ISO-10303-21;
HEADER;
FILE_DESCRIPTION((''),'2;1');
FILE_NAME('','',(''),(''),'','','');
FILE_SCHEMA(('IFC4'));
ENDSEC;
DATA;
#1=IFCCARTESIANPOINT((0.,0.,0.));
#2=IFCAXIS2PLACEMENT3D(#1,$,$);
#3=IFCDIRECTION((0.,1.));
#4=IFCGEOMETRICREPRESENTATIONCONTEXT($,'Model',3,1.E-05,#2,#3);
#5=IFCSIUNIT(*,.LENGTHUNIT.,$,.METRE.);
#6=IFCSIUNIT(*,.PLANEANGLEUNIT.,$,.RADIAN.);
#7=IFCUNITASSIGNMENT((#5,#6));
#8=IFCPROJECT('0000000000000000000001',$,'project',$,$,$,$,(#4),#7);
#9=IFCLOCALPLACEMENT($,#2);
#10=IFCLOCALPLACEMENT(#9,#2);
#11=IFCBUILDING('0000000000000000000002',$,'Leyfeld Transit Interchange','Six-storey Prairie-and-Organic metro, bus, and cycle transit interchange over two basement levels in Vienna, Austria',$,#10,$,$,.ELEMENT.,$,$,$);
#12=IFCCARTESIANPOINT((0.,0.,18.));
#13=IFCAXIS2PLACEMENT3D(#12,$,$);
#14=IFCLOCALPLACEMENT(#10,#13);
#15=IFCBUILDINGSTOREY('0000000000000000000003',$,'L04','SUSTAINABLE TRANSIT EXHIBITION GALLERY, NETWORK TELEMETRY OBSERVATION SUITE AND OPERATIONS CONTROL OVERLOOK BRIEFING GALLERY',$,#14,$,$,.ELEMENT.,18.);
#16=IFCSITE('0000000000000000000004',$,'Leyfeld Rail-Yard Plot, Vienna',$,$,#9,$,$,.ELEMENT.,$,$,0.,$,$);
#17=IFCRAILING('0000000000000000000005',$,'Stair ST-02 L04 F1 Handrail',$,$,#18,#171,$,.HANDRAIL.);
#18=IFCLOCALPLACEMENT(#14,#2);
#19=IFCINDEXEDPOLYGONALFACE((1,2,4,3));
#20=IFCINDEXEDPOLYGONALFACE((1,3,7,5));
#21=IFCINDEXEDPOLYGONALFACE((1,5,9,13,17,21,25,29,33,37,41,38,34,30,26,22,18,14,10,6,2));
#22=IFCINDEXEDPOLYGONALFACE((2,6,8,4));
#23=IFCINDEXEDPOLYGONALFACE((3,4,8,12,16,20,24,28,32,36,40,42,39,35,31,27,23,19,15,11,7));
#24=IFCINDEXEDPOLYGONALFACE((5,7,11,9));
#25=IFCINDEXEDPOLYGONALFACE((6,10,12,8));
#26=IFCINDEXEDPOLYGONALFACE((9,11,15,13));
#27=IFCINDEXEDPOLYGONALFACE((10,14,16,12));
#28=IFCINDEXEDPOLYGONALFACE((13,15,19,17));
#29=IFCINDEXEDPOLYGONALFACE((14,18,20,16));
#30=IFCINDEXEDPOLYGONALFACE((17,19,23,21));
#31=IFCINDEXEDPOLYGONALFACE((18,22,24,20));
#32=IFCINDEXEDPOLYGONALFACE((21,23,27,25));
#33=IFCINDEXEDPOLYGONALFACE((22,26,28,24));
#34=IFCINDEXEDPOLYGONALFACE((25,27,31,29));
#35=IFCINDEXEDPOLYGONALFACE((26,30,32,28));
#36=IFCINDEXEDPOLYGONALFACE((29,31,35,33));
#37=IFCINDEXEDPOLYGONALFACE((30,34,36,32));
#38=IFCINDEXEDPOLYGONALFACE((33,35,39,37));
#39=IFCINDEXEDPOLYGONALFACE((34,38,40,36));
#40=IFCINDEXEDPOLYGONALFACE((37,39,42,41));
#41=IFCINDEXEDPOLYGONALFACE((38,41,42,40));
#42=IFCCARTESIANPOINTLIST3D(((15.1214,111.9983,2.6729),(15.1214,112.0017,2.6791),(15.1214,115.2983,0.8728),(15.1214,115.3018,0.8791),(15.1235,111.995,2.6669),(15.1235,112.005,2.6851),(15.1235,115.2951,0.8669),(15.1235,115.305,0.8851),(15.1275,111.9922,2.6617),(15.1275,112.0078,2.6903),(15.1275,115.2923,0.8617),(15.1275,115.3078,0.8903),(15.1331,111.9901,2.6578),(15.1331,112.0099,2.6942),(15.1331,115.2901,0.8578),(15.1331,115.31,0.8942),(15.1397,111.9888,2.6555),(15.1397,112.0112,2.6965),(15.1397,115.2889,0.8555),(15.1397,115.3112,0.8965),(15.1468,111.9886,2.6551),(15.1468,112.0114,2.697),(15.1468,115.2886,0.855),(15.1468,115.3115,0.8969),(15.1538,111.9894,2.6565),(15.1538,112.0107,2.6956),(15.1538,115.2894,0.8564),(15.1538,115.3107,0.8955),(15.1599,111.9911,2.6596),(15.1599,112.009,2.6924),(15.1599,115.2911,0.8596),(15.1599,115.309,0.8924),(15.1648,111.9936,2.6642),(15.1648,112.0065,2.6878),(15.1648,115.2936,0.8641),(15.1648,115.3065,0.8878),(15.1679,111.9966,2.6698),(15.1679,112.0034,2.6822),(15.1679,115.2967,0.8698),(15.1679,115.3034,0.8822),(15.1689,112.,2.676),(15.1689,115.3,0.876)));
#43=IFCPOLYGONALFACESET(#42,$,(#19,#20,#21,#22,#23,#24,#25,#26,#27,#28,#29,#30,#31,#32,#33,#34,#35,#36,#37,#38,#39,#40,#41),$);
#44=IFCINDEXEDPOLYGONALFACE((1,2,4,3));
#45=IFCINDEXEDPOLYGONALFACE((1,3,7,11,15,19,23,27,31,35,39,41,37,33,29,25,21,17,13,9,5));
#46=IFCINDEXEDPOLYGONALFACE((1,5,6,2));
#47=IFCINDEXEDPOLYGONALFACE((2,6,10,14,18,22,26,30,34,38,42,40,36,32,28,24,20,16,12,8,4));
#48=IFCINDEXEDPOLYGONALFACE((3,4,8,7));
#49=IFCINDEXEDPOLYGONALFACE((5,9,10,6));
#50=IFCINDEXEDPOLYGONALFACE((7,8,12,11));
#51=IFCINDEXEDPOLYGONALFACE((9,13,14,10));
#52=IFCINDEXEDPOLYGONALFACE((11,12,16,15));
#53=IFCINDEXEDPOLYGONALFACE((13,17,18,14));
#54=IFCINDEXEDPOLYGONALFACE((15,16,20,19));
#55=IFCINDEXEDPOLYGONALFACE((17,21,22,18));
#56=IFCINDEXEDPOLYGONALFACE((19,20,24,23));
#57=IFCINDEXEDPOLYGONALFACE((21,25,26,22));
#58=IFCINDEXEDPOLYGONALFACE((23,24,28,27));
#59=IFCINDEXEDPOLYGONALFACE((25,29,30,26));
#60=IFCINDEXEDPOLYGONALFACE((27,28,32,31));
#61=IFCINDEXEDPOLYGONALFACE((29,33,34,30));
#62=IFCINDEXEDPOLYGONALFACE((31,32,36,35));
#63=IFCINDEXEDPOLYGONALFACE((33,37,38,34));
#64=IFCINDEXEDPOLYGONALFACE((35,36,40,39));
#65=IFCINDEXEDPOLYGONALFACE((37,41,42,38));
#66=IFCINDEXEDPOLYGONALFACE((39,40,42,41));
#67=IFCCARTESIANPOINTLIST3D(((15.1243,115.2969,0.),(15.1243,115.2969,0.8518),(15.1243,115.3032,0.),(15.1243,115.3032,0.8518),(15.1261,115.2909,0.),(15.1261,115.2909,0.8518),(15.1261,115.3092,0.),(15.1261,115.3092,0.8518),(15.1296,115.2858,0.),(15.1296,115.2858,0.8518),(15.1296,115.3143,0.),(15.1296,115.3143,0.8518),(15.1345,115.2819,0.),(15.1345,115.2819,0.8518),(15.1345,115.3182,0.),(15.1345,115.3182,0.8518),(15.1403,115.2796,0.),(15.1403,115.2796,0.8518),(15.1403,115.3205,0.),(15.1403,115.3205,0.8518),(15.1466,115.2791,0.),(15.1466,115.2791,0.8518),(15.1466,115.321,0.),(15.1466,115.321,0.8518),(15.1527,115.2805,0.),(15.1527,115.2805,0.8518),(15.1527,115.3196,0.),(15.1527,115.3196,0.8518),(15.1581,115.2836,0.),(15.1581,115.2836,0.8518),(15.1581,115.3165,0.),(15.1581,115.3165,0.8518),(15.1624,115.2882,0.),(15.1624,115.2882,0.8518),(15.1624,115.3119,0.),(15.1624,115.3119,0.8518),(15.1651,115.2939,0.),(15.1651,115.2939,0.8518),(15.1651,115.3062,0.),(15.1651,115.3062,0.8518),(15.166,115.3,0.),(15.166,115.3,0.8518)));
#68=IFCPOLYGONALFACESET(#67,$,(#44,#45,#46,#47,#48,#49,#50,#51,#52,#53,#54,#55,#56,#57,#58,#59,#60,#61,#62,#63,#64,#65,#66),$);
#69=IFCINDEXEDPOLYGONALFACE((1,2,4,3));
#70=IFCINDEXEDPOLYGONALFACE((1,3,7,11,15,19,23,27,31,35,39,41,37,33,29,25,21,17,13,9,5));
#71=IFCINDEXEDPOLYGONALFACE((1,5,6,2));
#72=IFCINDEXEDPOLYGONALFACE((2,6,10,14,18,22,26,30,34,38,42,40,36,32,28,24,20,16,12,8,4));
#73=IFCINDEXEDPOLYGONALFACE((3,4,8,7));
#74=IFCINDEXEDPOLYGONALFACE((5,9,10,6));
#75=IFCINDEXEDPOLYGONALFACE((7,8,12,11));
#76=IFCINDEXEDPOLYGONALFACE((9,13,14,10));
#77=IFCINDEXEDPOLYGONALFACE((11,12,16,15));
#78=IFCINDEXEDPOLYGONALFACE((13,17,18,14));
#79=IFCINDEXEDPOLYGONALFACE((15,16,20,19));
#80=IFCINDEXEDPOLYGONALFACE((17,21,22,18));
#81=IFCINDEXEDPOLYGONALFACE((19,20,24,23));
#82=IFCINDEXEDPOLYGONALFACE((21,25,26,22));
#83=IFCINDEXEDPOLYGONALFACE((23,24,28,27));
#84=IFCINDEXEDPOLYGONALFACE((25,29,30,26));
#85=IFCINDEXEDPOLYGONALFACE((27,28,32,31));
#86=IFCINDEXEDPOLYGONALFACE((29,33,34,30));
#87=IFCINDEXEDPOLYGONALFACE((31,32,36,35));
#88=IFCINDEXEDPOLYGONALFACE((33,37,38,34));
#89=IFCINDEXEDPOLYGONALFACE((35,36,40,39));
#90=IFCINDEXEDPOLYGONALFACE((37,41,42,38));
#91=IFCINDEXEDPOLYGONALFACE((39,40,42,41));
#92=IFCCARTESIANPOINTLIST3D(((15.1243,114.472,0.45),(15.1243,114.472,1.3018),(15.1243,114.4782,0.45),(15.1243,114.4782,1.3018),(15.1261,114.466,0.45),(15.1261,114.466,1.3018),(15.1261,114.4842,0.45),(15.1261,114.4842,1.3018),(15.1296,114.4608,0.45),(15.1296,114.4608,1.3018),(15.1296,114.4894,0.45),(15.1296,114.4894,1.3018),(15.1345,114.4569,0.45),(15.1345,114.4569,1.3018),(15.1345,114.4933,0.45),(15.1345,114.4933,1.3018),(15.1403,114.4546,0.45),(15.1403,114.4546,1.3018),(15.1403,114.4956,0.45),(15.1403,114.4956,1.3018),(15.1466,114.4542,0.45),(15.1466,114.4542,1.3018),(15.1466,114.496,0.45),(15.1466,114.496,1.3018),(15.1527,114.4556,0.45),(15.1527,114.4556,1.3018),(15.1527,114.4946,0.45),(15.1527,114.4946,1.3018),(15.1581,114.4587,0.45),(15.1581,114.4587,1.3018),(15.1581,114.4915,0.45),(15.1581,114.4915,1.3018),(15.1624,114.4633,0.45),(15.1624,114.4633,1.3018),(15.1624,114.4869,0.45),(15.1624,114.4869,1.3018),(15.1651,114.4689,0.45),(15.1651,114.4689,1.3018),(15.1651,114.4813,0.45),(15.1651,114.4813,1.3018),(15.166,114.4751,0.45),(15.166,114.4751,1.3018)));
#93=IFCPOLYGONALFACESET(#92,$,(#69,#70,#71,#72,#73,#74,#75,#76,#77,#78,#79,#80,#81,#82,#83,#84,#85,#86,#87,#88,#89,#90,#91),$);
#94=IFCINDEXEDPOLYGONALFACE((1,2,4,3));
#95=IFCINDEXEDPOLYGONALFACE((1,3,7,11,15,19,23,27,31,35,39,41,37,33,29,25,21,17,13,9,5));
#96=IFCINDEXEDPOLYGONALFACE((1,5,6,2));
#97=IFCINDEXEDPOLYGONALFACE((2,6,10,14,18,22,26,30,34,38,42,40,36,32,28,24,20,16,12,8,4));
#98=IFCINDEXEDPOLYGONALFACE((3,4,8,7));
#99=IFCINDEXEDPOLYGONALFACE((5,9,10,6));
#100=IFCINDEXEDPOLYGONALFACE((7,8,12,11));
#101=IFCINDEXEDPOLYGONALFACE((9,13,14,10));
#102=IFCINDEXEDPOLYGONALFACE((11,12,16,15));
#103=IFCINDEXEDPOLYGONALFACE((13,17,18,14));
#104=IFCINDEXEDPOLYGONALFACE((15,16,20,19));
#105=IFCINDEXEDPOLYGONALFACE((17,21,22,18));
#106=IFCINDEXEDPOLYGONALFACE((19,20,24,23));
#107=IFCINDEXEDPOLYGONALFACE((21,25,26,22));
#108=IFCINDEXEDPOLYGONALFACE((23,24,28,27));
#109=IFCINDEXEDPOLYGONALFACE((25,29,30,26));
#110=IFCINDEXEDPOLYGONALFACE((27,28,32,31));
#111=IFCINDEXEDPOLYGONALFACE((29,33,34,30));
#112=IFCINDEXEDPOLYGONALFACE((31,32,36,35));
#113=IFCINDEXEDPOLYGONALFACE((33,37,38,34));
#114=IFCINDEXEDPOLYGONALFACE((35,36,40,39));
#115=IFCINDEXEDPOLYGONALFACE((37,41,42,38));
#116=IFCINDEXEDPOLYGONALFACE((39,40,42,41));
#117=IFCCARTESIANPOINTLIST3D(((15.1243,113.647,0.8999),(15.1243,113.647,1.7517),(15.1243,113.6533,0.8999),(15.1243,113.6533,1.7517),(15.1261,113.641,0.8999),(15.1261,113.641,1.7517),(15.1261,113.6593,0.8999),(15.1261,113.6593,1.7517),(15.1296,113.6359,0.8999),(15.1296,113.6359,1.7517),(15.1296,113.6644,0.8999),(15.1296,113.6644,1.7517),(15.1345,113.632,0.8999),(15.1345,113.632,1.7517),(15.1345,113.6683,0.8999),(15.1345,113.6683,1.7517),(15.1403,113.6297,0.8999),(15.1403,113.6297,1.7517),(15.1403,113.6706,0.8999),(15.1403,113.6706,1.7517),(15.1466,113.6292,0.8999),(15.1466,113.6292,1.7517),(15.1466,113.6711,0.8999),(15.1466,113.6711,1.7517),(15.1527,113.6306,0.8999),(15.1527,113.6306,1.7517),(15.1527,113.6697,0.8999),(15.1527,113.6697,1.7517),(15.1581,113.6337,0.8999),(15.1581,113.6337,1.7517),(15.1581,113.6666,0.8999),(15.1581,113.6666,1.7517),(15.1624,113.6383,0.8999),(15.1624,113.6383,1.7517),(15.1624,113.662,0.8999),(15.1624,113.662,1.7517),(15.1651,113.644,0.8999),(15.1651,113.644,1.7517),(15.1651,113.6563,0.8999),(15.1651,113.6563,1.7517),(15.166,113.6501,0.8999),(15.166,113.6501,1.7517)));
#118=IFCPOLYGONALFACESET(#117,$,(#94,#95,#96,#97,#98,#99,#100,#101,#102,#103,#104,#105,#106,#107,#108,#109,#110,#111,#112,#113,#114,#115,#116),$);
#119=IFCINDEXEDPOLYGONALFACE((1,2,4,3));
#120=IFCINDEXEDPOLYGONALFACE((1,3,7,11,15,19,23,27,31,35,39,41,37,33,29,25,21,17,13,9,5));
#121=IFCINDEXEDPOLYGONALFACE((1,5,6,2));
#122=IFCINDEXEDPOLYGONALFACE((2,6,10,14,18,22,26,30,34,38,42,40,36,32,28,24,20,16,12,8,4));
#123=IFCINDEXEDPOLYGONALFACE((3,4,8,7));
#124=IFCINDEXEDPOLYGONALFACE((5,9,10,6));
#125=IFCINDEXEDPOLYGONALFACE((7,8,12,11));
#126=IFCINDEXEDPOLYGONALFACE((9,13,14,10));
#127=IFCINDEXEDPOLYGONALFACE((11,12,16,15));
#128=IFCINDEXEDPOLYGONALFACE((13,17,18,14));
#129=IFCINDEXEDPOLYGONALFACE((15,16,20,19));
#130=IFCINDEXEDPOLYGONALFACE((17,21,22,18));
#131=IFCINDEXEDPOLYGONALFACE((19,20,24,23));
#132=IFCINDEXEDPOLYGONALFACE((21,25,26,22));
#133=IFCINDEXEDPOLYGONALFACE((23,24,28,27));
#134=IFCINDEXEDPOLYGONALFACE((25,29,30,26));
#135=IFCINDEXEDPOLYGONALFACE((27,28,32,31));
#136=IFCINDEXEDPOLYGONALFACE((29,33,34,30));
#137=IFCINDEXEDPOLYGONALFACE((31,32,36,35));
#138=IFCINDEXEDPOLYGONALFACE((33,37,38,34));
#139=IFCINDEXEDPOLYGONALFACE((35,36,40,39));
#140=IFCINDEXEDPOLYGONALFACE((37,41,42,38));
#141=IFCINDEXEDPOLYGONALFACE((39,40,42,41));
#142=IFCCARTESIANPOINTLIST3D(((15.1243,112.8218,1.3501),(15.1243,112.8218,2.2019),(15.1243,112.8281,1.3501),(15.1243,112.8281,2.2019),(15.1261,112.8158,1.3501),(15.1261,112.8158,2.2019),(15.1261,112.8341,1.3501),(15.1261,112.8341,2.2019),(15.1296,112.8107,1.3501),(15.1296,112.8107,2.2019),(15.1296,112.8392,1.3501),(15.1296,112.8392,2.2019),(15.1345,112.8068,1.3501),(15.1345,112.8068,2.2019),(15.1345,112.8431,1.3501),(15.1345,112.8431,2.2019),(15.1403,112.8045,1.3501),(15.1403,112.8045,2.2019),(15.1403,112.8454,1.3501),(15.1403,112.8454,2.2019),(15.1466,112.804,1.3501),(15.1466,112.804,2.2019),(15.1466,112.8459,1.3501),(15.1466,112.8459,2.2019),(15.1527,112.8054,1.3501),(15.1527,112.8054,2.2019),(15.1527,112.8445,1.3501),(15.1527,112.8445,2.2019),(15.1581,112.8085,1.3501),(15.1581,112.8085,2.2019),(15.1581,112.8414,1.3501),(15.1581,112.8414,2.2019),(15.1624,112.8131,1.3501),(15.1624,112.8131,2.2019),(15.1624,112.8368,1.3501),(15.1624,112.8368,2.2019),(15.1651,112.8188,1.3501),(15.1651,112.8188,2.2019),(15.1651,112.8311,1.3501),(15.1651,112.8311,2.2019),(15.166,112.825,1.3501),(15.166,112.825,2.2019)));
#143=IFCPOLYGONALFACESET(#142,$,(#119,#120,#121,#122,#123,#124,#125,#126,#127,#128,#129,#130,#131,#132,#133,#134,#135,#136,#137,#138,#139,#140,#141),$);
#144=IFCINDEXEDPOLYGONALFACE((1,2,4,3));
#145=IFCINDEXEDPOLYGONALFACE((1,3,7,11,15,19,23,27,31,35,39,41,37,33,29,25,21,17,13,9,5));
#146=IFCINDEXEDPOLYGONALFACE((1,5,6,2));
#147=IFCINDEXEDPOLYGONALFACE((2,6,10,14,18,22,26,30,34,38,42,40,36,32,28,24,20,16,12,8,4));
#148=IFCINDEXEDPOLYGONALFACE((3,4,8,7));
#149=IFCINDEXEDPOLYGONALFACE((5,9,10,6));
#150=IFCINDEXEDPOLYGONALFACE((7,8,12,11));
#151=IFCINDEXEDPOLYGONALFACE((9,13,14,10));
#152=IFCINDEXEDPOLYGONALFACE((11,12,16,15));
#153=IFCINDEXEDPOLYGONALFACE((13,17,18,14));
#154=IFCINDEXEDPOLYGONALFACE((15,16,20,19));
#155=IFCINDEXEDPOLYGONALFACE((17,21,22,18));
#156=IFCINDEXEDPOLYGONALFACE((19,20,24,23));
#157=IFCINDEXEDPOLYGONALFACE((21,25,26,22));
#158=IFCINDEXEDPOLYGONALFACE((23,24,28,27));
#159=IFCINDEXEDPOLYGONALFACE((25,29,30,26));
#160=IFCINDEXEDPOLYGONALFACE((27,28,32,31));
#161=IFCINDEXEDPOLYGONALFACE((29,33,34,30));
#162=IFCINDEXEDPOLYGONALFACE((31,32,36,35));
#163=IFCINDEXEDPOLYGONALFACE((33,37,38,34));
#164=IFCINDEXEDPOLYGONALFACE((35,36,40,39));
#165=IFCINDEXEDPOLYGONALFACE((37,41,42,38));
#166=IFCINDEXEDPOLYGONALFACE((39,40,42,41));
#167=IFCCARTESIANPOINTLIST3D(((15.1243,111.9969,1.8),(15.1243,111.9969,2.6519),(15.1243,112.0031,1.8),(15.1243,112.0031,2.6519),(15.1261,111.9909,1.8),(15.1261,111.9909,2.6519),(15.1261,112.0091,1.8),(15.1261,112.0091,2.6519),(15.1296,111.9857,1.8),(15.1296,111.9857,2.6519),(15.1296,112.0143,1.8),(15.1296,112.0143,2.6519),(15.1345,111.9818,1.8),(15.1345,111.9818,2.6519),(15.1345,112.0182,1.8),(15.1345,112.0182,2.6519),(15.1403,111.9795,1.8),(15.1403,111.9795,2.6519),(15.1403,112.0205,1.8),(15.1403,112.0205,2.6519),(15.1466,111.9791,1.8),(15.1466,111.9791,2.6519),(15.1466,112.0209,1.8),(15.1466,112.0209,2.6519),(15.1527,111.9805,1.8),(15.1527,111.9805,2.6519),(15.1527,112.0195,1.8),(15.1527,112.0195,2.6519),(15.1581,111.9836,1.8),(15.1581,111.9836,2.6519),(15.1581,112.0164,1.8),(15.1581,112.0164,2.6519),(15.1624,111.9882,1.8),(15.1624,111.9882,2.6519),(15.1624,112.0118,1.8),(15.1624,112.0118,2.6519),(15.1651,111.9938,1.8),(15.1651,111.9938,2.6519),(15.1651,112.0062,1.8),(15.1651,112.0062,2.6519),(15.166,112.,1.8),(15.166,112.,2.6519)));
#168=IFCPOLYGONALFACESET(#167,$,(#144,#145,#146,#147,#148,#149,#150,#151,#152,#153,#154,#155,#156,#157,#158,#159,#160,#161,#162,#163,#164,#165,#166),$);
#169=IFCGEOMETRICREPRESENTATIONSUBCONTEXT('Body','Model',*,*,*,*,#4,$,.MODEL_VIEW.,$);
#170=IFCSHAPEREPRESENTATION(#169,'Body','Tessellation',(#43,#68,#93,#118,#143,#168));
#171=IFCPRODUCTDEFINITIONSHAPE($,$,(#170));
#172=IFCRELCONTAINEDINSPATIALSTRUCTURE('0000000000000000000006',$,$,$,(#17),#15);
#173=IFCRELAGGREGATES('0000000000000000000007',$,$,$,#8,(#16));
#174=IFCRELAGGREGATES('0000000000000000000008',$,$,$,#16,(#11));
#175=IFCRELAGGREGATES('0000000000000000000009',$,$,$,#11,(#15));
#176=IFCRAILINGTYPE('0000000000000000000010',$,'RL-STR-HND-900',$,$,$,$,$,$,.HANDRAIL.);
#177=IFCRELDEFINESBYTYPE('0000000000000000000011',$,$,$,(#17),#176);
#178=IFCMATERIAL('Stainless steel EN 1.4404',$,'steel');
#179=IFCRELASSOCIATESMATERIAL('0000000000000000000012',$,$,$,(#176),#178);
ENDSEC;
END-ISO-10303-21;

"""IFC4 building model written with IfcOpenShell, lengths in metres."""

from ifc_helpers import new_model, si_unit, direction, frame, origin, origin_2d, place, context, subcontext, project, spatial, circle, extrude, material, type_object, element, save


model = new_model("IFC4")

# Units and contexts
model_context = context("Model", 3, precision=1e-05, world=origin(), true_north=direction((0.0, 1.0)))
body_context = subcontext(model_context, "Body", "Model", "MODEL_VIEW")
ifc_project = project(units=[si_unit("LENGTHUNIT", "METRE"), si_unit("PLANEANGLEUNIT", "RADIAN")], contexts=[model_context])

# Site, building, storey
site_placement = place(None, origin())
site = spatial("IfcSite", under=ifc_project, at=site_placement, Name="Leyfeld Rail-Yard Plot, Vienna", CompositionType="ELEMENT", RefElevation=0.0)
building_placement = place(site_placement, origin())
building = spatial("IfcBuilding", under=site, at=building_placement, Name="Leyfeld Transit Interchange", Description="Six-storey Prairie-and-Organic metro, bus, and cycle transit interchange over two basement levels in Vienna, Austria", CompositionType="ELEMENT")
storey_placement = place(building_placement, frame((0.0, 0.0, 18.0)))
storey = spatial("IfcBuildingStorey", under=building, at=storey_placement, Name="L04", Description="SUSTAINABLE TRANSIT EXHIBITION GALLERY, NETWORK TELEMETRY OBSERVATION SUITE AND OPERATIONS CONTROL OVERLOOK BRIEFING GALLERY", CompositionType="ELEMENT", Elevation=18.0)

# Shared definitions
ifc_material_1 = material(Name="Stainless steel EN 1.4404", Category="steel")

# Railing
railing_type_1 = type_object("IfcRailingType", Name="RL-STR-HND-900", PredefinedType="HANDRAIL", material=ifc_material_1)
railing_1_placement = place(storey_placement, frame((15.145, 115.3, 0.0)))
element("IfcRailing", 1, at=railing_1_placement, inside=storey, type_object=railing_type_1, Name="Stair ST-02 L04 F1 Handrail", PredefinedType="HANDRAIL", context=body_context, shape_type="SweptSolid", body=[
    extrude(circle(Radius=0.0239, at=origin_2d()), frame((0.0, 0.0, 0.876), z_axis=(0.0, -0.877893, 0.478857), x_axis=(1.0, 0.0, 0.0)), (0.0, 0.0, 1.0), 3.759),
    extrude(circle(Radius=0.021, at=origin_2d()), origin(), (0.0, 0.0, 1.0), 0.8518),
    extrude(circle(Radius=0.021, at=origin_2d()), frame((0.0, -0.825, 0.45)), (0.0, 0.0, 1.0), 0.8518),
    extrude(circle(Radius=0.021, at=origin_2d()), frame((0.0, -1.6499, 0.8999)), (0.0, 0.0, 1.0), 0.8518),
    extrude(circle(Radius=0.021, at=origin_2d()), frame((0.0, -2.4751, 1.3501)), (0.0, 0.0, 1.0), 0.8518),
    extrude(circle(Radius=0.021, at=origin_2d()), frame((0.0, -3.3, 1.8)), (0.0, 0.0, 1.0), 0.8518),
])

save(model, "model.ifc")
